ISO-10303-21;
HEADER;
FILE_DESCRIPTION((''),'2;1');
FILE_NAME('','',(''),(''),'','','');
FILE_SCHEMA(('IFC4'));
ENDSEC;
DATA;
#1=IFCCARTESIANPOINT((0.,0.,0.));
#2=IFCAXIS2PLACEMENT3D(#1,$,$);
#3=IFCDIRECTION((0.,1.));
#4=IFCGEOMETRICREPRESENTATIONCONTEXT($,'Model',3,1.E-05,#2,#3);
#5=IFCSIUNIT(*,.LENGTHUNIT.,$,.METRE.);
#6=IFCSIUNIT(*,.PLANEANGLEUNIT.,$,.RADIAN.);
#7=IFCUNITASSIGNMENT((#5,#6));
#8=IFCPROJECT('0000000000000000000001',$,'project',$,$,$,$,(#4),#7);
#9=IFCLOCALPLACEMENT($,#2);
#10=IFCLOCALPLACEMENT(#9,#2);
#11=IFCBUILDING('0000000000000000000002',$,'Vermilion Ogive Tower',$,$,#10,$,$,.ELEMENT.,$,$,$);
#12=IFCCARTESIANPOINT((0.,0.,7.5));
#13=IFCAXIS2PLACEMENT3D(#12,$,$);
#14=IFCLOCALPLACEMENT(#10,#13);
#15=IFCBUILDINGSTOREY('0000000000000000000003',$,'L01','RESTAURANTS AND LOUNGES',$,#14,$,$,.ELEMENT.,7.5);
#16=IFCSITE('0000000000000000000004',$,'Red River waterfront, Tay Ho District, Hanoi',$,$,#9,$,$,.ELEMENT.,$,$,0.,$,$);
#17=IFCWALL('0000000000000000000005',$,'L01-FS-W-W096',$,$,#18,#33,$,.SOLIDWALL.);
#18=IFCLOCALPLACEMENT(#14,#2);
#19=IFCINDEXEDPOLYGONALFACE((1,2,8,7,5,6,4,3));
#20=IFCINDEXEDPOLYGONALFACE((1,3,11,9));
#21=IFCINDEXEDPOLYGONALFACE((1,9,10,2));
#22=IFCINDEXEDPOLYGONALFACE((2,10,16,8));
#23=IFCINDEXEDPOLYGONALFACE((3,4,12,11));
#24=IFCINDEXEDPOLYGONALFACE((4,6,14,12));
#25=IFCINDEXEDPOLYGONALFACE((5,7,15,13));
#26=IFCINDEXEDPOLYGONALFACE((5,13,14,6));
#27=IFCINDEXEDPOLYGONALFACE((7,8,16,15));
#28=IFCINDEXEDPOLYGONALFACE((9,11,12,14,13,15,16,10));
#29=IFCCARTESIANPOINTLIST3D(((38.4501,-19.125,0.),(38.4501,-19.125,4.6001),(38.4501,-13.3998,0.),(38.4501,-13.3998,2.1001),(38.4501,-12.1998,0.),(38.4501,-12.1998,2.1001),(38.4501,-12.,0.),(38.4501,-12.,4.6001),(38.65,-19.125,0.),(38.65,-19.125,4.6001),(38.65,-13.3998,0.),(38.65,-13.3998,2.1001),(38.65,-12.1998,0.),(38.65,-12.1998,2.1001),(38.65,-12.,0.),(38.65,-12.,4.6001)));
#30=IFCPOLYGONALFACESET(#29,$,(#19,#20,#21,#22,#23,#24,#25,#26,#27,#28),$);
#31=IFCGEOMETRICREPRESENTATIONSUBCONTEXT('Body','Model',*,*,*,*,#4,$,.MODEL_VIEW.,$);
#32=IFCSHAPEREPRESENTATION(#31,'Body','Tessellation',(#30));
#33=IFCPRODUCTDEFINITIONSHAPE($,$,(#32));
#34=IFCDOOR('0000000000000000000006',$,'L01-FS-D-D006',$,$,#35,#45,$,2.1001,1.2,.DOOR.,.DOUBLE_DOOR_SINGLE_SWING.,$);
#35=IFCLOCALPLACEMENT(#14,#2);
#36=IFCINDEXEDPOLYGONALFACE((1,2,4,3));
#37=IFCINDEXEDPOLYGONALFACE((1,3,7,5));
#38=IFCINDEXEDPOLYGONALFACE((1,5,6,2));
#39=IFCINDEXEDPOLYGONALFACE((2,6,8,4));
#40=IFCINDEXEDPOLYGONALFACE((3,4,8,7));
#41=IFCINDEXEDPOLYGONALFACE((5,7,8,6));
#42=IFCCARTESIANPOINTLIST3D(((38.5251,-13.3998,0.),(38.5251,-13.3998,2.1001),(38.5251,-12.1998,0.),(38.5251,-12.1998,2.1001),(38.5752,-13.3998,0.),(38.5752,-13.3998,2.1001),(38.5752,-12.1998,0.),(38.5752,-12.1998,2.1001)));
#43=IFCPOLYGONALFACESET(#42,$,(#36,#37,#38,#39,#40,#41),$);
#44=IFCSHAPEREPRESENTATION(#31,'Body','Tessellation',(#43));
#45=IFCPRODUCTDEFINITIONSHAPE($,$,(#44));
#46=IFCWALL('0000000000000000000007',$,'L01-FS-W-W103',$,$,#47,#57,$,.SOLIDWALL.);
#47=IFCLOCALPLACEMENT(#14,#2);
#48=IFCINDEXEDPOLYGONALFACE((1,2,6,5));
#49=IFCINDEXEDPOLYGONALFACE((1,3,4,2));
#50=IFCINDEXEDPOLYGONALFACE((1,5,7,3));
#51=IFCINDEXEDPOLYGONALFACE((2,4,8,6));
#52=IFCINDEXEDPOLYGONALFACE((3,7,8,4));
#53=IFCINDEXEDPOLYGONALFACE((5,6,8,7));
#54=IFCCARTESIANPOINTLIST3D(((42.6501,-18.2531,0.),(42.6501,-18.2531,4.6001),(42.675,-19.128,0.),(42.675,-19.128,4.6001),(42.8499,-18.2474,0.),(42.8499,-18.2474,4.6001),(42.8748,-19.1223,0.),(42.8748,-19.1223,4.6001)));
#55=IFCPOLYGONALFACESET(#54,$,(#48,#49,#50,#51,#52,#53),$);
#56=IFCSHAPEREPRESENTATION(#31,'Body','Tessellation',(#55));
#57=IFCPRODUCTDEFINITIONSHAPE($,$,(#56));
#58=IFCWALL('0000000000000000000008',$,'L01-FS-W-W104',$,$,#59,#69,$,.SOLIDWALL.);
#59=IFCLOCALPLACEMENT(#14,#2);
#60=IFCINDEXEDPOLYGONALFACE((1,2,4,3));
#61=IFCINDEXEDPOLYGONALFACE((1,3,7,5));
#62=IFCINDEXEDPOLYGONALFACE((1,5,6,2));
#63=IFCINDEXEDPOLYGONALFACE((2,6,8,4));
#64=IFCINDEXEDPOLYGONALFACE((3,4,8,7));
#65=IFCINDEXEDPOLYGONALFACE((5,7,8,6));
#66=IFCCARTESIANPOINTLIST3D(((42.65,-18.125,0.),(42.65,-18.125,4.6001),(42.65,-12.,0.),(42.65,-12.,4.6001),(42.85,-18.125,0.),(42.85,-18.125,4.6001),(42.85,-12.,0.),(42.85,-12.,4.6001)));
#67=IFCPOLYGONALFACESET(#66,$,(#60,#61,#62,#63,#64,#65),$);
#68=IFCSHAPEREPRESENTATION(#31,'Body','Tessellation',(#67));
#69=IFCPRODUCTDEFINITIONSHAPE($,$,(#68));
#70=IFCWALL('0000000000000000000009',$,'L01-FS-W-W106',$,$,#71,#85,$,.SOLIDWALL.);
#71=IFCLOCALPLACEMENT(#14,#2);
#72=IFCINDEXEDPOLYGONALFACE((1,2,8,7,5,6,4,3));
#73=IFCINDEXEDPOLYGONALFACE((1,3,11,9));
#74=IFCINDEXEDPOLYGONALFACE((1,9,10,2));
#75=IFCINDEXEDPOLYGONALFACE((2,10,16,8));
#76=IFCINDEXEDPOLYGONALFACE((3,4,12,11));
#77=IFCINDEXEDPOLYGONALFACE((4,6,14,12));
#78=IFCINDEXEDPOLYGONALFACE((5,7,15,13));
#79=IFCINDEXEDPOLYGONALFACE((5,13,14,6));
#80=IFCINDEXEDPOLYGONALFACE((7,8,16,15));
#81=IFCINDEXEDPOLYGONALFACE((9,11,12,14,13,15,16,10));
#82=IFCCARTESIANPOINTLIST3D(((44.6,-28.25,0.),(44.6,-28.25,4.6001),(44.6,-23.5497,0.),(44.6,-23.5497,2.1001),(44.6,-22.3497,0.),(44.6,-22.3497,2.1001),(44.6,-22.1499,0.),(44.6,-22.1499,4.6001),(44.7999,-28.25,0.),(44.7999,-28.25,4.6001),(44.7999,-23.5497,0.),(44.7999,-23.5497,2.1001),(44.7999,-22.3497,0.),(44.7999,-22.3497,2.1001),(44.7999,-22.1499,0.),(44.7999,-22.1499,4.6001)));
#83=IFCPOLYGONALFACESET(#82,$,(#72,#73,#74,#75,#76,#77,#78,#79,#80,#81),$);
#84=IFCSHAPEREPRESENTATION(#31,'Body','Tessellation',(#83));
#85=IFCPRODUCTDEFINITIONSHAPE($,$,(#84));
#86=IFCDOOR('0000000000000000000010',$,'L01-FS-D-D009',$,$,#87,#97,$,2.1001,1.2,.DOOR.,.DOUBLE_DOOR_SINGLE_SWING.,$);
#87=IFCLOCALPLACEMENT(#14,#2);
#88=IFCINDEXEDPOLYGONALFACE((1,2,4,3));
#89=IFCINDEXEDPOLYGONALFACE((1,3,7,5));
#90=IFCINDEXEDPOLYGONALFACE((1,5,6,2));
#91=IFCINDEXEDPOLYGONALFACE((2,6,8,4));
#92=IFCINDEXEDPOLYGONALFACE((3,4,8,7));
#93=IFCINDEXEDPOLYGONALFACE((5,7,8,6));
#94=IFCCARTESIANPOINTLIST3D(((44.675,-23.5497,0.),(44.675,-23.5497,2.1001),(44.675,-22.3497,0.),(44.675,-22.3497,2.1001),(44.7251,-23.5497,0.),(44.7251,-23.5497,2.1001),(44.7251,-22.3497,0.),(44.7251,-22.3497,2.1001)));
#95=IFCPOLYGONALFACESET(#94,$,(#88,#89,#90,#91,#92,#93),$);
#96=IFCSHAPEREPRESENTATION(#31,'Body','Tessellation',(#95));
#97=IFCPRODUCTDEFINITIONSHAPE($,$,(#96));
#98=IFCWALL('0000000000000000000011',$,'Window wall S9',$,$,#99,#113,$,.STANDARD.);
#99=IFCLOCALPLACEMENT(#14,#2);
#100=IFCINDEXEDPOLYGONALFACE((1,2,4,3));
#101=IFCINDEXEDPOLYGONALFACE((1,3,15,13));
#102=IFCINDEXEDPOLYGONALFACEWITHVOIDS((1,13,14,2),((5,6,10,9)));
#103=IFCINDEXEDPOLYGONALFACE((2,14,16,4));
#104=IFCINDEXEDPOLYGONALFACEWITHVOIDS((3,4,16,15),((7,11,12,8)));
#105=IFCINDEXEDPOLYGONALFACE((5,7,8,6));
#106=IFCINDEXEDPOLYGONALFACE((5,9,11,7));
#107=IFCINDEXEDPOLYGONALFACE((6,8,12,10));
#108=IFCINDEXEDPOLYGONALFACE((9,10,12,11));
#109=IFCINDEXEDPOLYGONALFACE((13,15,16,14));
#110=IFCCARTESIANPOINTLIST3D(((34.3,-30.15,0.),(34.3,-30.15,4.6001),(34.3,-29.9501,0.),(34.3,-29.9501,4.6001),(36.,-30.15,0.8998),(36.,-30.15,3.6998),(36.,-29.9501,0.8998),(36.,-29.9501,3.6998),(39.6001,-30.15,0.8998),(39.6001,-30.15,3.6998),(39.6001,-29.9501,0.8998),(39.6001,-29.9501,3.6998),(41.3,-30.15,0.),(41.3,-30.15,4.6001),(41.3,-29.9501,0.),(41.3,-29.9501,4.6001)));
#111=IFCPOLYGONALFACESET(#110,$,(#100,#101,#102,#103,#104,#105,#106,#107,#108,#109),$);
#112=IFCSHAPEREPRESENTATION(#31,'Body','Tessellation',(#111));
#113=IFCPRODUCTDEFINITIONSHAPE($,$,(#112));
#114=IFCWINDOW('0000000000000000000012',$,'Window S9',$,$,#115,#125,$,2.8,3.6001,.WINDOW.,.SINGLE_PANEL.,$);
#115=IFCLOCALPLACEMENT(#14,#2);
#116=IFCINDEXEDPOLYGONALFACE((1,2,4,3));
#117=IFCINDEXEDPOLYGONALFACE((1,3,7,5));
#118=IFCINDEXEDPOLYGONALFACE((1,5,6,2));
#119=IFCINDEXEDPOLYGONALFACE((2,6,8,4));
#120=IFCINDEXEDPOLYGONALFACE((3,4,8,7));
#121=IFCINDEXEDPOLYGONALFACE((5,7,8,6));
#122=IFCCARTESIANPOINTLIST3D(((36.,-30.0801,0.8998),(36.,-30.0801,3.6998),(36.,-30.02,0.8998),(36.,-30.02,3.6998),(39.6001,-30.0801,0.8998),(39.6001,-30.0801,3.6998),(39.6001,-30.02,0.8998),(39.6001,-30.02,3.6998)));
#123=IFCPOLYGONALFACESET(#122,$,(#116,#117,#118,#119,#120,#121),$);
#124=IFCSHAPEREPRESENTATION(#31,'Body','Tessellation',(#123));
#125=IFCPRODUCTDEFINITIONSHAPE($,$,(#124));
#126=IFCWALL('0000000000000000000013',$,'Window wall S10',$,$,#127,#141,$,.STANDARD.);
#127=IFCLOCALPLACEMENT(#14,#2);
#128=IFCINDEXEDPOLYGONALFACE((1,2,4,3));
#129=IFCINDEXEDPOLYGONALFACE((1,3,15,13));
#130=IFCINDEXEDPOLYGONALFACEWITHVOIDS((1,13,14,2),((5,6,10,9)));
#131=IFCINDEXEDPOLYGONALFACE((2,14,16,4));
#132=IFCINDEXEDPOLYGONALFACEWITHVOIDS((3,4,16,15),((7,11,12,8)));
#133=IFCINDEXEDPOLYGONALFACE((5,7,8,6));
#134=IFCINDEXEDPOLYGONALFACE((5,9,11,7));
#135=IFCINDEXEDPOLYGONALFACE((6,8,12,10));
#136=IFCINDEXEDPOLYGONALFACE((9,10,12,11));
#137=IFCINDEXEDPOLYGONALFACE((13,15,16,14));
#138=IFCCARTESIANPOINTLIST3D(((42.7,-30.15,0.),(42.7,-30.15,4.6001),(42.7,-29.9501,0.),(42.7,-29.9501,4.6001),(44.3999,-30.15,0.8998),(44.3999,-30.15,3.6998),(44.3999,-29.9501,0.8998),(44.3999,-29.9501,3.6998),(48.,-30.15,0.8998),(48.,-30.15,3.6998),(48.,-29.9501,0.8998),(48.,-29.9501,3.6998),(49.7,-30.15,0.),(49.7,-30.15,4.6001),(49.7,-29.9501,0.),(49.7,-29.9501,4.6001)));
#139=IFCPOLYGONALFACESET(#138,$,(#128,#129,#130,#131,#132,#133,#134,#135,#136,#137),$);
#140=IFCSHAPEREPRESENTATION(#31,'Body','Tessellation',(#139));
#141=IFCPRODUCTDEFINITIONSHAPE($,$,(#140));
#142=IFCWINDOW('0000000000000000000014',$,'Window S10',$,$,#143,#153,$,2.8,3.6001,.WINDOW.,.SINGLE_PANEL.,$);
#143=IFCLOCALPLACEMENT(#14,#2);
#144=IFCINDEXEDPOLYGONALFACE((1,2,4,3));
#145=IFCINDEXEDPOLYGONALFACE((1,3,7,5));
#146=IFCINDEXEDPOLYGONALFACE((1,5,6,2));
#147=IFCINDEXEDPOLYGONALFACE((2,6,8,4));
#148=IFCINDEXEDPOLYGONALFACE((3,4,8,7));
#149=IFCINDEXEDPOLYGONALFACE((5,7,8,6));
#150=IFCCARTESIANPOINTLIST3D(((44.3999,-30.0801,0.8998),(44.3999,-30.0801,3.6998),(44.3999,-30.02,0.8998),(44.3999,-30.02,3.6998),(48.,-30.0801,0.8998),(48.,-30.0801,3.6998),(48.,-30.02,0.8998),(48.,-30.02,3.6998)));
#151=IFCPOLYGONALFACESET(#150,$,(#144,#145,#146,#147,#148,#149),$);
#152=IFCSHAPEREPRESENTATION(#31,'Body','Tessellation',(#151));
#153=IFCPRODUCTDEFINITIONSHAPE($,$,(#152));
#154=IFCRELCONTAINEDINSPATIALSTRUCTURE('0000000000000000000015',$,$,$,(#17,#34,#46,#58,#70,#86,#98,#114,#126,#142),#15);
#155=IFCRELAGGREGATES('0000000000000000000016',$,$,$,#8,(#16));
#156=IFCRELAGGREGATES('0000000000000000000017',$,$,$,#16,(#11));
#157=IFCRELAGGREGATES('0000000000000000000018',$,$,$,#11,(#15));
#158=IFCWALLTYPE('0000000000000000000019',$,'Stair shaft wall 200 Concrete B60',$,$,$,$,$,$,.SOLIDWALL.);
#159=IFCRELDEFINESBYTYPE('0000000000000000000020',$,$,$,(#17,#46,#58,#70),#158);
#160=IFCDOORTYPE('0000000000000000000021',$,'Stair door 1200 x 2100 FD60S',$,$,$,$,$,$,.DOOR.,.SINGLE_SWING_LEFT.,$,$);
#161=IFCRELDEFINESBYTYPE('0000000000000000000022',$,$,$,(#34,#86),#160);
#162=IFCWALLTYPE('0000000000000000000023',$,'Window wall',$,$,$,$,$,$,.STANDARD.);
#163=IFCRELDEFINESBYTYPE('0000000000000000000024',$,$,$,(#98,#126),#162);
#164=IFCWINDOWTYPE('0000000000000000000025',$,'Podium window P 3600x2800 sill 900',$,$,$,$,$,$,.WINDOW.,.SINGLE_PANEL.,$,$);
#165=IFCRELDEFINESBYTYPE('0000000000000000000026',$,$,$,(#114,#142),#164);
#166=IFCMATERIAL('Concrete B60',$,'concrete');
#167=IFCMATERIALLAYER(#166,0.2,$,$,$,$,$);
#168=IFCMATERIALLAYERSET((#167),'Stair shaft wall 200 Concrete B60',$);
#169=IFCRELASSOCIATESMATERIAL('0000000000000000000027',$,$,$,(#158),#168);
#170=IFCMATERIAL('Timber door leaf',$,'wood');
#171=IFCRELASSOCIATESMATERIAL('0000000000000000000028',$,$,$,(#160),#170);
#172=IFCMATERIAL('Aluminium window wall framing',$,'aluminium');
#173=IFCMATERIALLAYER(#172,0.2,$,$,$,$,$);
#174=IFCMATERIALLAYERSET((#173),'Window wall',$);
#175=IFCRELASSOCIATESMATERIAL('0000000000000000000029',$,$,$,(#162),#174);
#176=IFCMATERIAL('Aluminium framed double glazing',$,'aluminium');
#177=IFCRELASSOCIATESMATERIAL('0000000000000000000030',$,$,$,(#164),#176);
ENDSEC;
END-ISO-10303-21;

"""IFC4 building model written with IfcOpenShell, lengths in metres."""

from ifc_helpers import new_model, si_unit, direction, frame, frame_2d, origin, place, context, subcontext, project, spatial, rectangle, extrude, material, layer, layer_set, type_object, element, fill, save


model = new_model("IFC4")

# Units and contexts
model_context = context("Model", 3, precision=1e-05, world=origin(), true_north=direction((0.0, 1.0)))
body_context = subcontext(model_context, "Body", "Model", "MODEL_VIEW")
ifc_project = project(units=[si_unit("LENGTHUNIT", "METRE"), si_unit("PLANEANGLEUNIT", "RADIAN")], contexts=[model_context])

# Site, building, storey
site_placement = place(None, origin())
site = spatial("IfcSite", under=ifc_project, at=site_placement, Name="Red River waterfront, Tay Ho District, Hanoi", CompositionType="ELEMENT", RefElevation=0.0)
building_placement = place(site_placement, origin())
building = spatial("IfcBuilding", under=site, at=building_placement, Name="Vermilion Ogive Tower", CompositionType="ELEMENT")
storey_placement = place(building_placement, frame((0.0, 0.0, 7.5)))
storey = spatial("IfcBuildingStorey", under=building, at=storey_placement, Name="L01", Description="RESTAURANTS AND LOUNGES", CompositionType="ELEMENT", Elevation=7.5)

# Shared definitions
ifc_material_1 = material(Name="Concrete B60", Category="concrete")
ifc_layer_1 = layer(ifc_material_1, 0.2)
ifc_layer_set_1 = layer_set([ifc_layer_1], Name="Stair shaft wall 200 Concrete B60")
wall_type_1 = type_object("IfcWallType", Name="Stair shaft wall 200 Concrete B60", PredefinedType="SOLIDWALL", material=ifc_layer_set_1)

# Wall, opening, door
ifc_material_2 = material(Name="Timber door leaf", Category="wood")
door_type_1 = type_object("IfcDoorType", Name="Stair door 1200 x 2100 FD60S", OperationType="SINGLE_SWING_LEFT", PredefinedType="DOOR", material=ifc_material_2)
wall_1_placement = place(storey_placement, frame((38.55, -19.125, 0.0), z_axis=(0.0, 0.0, 1.0), x_axis=(0.0, 1.0, 0.0)))
wall_1 = element("IfcWall", 1, at=wall_1_placement, inside=storey, type_object=wall_type_1, Name="L01-FS-W-W096", PredefinedType="SOLIDWALL", context=body_context, shape_type="SweptSolid", body=[
    extrude(rectangle(XDim=7.125, YDim=0.2, at=frame_2d((3.5625, 0.0))), origin(), (0.0, 0.0, 1.0), 4.6001),
])
opening_1_placement = place(wall_1_placement, frame((5.7251, 0.0, 0.0)))
opening_1 = element("IfcOpeningElement", 2, at=opening_1_placement, cuts=wall_1, PredefinedType="OPENING", context=body_context, shape_type="SweptSolid", body=[
    extrude(rectangle(XDim=1.2, YDim=2.1001, at=frame_2d((0.6001, 1.05))), frame((0.0, 0.1099, 0.0), z_axis=(0.0, -1.0, 0.0), x_axis=(1.0, 0.0, 0.0)), (0.0, 0.0, 1.0), 0.22),
])
door_1_placement = place(opening_1_placement, origin())
door_1 = element("IfcDoor", 3, at=door_1_placement, inside=storey, type_object=door_type_1, Name="L01-FS-D-D006", OperationType="DOUBLE_DOOR_SINGLE_SWING", OverallHeight=2.1001, OverallWidth=1.2, PredefinedType="DOOR", context=body_context, shape_type="SweptSolid", body=[
    extrude(rectangle(XDim=1.2, YDim=2.1001, at=frame_2d((0.6001, 1.05))), frame((0.0, 0.0249, 0.0), z_axis=(0.0, -1.0, 0.0), x_axis=(1.0, 0.0, 0.0)), (0.0, 0.0, 1.0), 0.05),
])
fill(opening_1, door_1)

# Walls
wall_2_placement = place(storey_placement, frame((42.7749, -19.125, 0.0), z_axis=(0.0, 0.0, 1.0), x_axis=(-0.028448, 0.999595, 0.0)))
element("IfcWall", 4, at=wall_2_placement, inside=storey, type_object=wall_type_1, Name="L01-FS-W-W103", PredefinedType="SOLIDWALL", context=body_context, shape_type="SweptSolid", body=[
    extrude(rectangle(XDim=0.8752, YDim=0.2, at=frame_2d((0.4375, 0.0))), origin(), (0.0, 0.0, 1.0), 4.6001),
])
wall_3_placement = place(storey_placement, frame((42.75, -18.125, 0.0), z_axis=(0.0, 0.0, 1.0), x_axis=(0.0, 1.0, 0.0)))
element("IfcWall", 5, at=wall_3_placement, inside=storey, type_object=wall_type_1, Name="L01-FS-W-W104", PredefinedType="SOLIDWALL", context=body_context, shape_type="SweptSolid", body=[
    extrude(rectangle(XDim=6.125, YDim=0.2, at=frame_2d((3.0625, 0.0))), origin(), (0.0, 0.0, 1.0), 4.6001),
])

# Wall, opening, door
wall_4_placement = place(storey_placement, frame((44.7, -28.25, 0.0), z_axis=(0.0, 0.0, 1.0), x_axis=(0.0, 1.0, 0.0)))
wall_4 = element("IfcWall", 6, at=wall_4_placement, inside=storey, type_object=wall_type_1, Name="L01-FS-W-W106", PredefinedType="SOLIDWALL", context=body_context, shape_type="SweptSolid", body=[
    extrude(rectangle(XDim=6.1001, YDim=0.2, at=frame_2d((3.05, 0.0))), origin(), (0.0, 0.0, 1.0), 4.6001),
])
opening_2_placement = place(wall_4_placement, frame((4.7002, 0.0, 0.0)))
opening_2 = element("IfcOpeningElement", 7, at=opening_2_placement, cuts=wall_4, PredefinedType="OPENING", context=body_context, shape_type="SweptSolid", body=[
    extrude(rectangle(XDim=1.2, YDim=2.1001, at=frame_2d((0.6001, 1.05))), frame((0.0, 0.1099, 0.0), z_axis=(0.0, -1.0, 0.0), x_axis=(1.0, 0.0, 0.0)), (0.0, 0.0, 1.0), 0.22),
])
door_2_placement = place(opening_2_placement, origin())
door_2 = element("IfcDoor", 8, at=door_2_placement, inside=storey, type_object=door_type_1, Name="L01-FS-D-D009", OperationType="DOUBLE_DOOR_SINGLE_SWING", OverallHeight=2.1001, OverallWidth=1.2, PredefinedType="DOOR", context=body_context, shape_type="SweptSolid", body=[
    extrude(rectangle(XDim=1.2, YDim=2.1001, at=frame_2d((0.6001, 1.05))), frame((0.0, 0.0249, 0.0), z_axis=(0.0, -1.0, 0.0), x_axis=(1.0, 0.0, 0.0)), (0.0, 0.0, 1.0), 0.05),
])
fill(opening_2, door_2)

# Walls, openings, windows
ifc_material_3 = material(Name="Aluminium window wall framing", Category="aluminium")
ifc_layer_2 = layer(ifc_material_3, 0.2)
ifc_layer_set_2 = layer_set([ifc_layer_2], Name="Window wall")
wall_type_2 = type_object("IfcWallType", Name="Window wall", PredefinedType="STANDARD", material=ifc_layer_set_2)
wall_5_placement = place(storey_placement, frame((34.3, -30.05, 0.0), z_axis=(0.0, 0.0, 1.0), x_axis=(1.0, 0.0, 0.0)))
wall_5 = element("IfcWall", 9, at=wall_5_placement, inside=storey, type_object=wall_type_2, Name="Window wall S9", PredefinedType="STANDARD", context=body_context, shape_type="SweptSolid", body=[
    extrude(rectangle(XDim=7.0, YDim=0.2, at=frame_2d((3.5, 0.0))), origin(), (0.0, 0.0, 1.0), 4.6001),
])
opening_3_placement = place(wall_5_placement, frame((1.7, 0.0, 0.8999)))
opening_3 = element("IfcOpeningElement", 10, at=opening_3_placement, cuts=wall_5, PredefinedType="OPENING", context=body_context, shape_type="SweptSolid", body=[
    extrude(rectangle(XDim=3.6001, YDim=2.8, at=frame_2d((1.8, 1.3999))), frame((0.0, 0.1099, 0.0), z_axis=(0.0, -1.0, 0.0), x_axis=(1.0, 0.0, 0.0)), (0.0, 0.0, 1.0), 0.22),
])
ifc_material_4 = material(Name="Aluminium framed double glazing", Category="aluminium")
window_type = type_object("IfcWindowType", Name="Podium window P 3600x2800 sill 900", PartitioningType="SINGLE_PANEL", PredefinedType="WINDOW", material=ifc_material_4)
window_1_placement = place(opening_3_placement, origin())
window_1 = element("IfcWindow", 11, at=window_1_placement, inside=storey, type_object=window_type, Name="Window S9", OverallHeight=2.8, OverallWidth=3.6001, PartitioningType="SINGLE_PANEL", PredefinedType="WINDOW", context=body_context, shape_type="SweptSolid", body=[
    extrude(rectangle(XDim=3.6001, YDim=2.8, at=frame_2d((1.8, 1.3999))), frame((0.0, 0.03, 0.0), z_axis=(0.0, -1.0, 0.0), x_axis=(1.0, 0.0, 0.0)), (0.0, 0.0, 1.0), 0.0601),
])
fill(opening_3, window_1)
wall_6_placement = place(storey_placement, frame((42.7, -30.05, 0.0), z_axis=(0.0, 0.0, 1.0), x_axis=(1.0, 0.0, 0.0)))
wall_6 = element("IfcWall", 12, at=wall_6_placement, inside=storey, type_object=wall_type_2, Name="Window wall S10", PredefinedType="STANDARD", context=body_context, shape_type="SweptSolid", body=[
    extrude(rectangle(XDim=7.0, YDim=0.2, at=frame_2d((3.5, 0.0))), origin(), (0.0, 0.0, 1.0), 4.6001),
])
opening_4_placement = place(wall_6_placement, frame((1.7, 0.0, 0.8999)))
opening_4 = element("IfcOpeningElement", 13, at=opening_4_placement, cuts=wall_6, PredefinedType="OPENING", context=body_context, shape_type="SweptSolid", body=[
    extrude(rectangle(XDim=3.6001, YDim=2.8, at=frame_2d((1.8, 1.3999))), frame((0.0, 0.1099, 0.0), z_axis=(0.0, -1.0, 0.0), x_axis=(1.0, 0.0, 0.0)), (0.0, 0.0, 1.0), 0.22),
])
window_2_placement = place(opening_4_placement, origin())
window_2 = element("IfcWindow", 14, at=window_2_placement, inside=storey, type_object=window_type, Name="Window S10", OverallHeight=2.8, OverallWidth=3.6001, PartitioningType="SINGLE_PANEL", PredefinedType="WINDOW", context=body_context, shape_type="SweptSolid", body=[
    extrude(rectangle(XDim=3.6001, YDim=2.8, at=frame_2d((1.8, 1.3999))), frame((0.0, 0.03, 0.0), z_axis=(0.0, -1.0, 0.0), x_axis=(1.0, 0.0, 0.0)), (0.0, 0.0, 1.0), 0.0601),
])
fill(opening_4, window_2)

save(model, "model.ifc")
